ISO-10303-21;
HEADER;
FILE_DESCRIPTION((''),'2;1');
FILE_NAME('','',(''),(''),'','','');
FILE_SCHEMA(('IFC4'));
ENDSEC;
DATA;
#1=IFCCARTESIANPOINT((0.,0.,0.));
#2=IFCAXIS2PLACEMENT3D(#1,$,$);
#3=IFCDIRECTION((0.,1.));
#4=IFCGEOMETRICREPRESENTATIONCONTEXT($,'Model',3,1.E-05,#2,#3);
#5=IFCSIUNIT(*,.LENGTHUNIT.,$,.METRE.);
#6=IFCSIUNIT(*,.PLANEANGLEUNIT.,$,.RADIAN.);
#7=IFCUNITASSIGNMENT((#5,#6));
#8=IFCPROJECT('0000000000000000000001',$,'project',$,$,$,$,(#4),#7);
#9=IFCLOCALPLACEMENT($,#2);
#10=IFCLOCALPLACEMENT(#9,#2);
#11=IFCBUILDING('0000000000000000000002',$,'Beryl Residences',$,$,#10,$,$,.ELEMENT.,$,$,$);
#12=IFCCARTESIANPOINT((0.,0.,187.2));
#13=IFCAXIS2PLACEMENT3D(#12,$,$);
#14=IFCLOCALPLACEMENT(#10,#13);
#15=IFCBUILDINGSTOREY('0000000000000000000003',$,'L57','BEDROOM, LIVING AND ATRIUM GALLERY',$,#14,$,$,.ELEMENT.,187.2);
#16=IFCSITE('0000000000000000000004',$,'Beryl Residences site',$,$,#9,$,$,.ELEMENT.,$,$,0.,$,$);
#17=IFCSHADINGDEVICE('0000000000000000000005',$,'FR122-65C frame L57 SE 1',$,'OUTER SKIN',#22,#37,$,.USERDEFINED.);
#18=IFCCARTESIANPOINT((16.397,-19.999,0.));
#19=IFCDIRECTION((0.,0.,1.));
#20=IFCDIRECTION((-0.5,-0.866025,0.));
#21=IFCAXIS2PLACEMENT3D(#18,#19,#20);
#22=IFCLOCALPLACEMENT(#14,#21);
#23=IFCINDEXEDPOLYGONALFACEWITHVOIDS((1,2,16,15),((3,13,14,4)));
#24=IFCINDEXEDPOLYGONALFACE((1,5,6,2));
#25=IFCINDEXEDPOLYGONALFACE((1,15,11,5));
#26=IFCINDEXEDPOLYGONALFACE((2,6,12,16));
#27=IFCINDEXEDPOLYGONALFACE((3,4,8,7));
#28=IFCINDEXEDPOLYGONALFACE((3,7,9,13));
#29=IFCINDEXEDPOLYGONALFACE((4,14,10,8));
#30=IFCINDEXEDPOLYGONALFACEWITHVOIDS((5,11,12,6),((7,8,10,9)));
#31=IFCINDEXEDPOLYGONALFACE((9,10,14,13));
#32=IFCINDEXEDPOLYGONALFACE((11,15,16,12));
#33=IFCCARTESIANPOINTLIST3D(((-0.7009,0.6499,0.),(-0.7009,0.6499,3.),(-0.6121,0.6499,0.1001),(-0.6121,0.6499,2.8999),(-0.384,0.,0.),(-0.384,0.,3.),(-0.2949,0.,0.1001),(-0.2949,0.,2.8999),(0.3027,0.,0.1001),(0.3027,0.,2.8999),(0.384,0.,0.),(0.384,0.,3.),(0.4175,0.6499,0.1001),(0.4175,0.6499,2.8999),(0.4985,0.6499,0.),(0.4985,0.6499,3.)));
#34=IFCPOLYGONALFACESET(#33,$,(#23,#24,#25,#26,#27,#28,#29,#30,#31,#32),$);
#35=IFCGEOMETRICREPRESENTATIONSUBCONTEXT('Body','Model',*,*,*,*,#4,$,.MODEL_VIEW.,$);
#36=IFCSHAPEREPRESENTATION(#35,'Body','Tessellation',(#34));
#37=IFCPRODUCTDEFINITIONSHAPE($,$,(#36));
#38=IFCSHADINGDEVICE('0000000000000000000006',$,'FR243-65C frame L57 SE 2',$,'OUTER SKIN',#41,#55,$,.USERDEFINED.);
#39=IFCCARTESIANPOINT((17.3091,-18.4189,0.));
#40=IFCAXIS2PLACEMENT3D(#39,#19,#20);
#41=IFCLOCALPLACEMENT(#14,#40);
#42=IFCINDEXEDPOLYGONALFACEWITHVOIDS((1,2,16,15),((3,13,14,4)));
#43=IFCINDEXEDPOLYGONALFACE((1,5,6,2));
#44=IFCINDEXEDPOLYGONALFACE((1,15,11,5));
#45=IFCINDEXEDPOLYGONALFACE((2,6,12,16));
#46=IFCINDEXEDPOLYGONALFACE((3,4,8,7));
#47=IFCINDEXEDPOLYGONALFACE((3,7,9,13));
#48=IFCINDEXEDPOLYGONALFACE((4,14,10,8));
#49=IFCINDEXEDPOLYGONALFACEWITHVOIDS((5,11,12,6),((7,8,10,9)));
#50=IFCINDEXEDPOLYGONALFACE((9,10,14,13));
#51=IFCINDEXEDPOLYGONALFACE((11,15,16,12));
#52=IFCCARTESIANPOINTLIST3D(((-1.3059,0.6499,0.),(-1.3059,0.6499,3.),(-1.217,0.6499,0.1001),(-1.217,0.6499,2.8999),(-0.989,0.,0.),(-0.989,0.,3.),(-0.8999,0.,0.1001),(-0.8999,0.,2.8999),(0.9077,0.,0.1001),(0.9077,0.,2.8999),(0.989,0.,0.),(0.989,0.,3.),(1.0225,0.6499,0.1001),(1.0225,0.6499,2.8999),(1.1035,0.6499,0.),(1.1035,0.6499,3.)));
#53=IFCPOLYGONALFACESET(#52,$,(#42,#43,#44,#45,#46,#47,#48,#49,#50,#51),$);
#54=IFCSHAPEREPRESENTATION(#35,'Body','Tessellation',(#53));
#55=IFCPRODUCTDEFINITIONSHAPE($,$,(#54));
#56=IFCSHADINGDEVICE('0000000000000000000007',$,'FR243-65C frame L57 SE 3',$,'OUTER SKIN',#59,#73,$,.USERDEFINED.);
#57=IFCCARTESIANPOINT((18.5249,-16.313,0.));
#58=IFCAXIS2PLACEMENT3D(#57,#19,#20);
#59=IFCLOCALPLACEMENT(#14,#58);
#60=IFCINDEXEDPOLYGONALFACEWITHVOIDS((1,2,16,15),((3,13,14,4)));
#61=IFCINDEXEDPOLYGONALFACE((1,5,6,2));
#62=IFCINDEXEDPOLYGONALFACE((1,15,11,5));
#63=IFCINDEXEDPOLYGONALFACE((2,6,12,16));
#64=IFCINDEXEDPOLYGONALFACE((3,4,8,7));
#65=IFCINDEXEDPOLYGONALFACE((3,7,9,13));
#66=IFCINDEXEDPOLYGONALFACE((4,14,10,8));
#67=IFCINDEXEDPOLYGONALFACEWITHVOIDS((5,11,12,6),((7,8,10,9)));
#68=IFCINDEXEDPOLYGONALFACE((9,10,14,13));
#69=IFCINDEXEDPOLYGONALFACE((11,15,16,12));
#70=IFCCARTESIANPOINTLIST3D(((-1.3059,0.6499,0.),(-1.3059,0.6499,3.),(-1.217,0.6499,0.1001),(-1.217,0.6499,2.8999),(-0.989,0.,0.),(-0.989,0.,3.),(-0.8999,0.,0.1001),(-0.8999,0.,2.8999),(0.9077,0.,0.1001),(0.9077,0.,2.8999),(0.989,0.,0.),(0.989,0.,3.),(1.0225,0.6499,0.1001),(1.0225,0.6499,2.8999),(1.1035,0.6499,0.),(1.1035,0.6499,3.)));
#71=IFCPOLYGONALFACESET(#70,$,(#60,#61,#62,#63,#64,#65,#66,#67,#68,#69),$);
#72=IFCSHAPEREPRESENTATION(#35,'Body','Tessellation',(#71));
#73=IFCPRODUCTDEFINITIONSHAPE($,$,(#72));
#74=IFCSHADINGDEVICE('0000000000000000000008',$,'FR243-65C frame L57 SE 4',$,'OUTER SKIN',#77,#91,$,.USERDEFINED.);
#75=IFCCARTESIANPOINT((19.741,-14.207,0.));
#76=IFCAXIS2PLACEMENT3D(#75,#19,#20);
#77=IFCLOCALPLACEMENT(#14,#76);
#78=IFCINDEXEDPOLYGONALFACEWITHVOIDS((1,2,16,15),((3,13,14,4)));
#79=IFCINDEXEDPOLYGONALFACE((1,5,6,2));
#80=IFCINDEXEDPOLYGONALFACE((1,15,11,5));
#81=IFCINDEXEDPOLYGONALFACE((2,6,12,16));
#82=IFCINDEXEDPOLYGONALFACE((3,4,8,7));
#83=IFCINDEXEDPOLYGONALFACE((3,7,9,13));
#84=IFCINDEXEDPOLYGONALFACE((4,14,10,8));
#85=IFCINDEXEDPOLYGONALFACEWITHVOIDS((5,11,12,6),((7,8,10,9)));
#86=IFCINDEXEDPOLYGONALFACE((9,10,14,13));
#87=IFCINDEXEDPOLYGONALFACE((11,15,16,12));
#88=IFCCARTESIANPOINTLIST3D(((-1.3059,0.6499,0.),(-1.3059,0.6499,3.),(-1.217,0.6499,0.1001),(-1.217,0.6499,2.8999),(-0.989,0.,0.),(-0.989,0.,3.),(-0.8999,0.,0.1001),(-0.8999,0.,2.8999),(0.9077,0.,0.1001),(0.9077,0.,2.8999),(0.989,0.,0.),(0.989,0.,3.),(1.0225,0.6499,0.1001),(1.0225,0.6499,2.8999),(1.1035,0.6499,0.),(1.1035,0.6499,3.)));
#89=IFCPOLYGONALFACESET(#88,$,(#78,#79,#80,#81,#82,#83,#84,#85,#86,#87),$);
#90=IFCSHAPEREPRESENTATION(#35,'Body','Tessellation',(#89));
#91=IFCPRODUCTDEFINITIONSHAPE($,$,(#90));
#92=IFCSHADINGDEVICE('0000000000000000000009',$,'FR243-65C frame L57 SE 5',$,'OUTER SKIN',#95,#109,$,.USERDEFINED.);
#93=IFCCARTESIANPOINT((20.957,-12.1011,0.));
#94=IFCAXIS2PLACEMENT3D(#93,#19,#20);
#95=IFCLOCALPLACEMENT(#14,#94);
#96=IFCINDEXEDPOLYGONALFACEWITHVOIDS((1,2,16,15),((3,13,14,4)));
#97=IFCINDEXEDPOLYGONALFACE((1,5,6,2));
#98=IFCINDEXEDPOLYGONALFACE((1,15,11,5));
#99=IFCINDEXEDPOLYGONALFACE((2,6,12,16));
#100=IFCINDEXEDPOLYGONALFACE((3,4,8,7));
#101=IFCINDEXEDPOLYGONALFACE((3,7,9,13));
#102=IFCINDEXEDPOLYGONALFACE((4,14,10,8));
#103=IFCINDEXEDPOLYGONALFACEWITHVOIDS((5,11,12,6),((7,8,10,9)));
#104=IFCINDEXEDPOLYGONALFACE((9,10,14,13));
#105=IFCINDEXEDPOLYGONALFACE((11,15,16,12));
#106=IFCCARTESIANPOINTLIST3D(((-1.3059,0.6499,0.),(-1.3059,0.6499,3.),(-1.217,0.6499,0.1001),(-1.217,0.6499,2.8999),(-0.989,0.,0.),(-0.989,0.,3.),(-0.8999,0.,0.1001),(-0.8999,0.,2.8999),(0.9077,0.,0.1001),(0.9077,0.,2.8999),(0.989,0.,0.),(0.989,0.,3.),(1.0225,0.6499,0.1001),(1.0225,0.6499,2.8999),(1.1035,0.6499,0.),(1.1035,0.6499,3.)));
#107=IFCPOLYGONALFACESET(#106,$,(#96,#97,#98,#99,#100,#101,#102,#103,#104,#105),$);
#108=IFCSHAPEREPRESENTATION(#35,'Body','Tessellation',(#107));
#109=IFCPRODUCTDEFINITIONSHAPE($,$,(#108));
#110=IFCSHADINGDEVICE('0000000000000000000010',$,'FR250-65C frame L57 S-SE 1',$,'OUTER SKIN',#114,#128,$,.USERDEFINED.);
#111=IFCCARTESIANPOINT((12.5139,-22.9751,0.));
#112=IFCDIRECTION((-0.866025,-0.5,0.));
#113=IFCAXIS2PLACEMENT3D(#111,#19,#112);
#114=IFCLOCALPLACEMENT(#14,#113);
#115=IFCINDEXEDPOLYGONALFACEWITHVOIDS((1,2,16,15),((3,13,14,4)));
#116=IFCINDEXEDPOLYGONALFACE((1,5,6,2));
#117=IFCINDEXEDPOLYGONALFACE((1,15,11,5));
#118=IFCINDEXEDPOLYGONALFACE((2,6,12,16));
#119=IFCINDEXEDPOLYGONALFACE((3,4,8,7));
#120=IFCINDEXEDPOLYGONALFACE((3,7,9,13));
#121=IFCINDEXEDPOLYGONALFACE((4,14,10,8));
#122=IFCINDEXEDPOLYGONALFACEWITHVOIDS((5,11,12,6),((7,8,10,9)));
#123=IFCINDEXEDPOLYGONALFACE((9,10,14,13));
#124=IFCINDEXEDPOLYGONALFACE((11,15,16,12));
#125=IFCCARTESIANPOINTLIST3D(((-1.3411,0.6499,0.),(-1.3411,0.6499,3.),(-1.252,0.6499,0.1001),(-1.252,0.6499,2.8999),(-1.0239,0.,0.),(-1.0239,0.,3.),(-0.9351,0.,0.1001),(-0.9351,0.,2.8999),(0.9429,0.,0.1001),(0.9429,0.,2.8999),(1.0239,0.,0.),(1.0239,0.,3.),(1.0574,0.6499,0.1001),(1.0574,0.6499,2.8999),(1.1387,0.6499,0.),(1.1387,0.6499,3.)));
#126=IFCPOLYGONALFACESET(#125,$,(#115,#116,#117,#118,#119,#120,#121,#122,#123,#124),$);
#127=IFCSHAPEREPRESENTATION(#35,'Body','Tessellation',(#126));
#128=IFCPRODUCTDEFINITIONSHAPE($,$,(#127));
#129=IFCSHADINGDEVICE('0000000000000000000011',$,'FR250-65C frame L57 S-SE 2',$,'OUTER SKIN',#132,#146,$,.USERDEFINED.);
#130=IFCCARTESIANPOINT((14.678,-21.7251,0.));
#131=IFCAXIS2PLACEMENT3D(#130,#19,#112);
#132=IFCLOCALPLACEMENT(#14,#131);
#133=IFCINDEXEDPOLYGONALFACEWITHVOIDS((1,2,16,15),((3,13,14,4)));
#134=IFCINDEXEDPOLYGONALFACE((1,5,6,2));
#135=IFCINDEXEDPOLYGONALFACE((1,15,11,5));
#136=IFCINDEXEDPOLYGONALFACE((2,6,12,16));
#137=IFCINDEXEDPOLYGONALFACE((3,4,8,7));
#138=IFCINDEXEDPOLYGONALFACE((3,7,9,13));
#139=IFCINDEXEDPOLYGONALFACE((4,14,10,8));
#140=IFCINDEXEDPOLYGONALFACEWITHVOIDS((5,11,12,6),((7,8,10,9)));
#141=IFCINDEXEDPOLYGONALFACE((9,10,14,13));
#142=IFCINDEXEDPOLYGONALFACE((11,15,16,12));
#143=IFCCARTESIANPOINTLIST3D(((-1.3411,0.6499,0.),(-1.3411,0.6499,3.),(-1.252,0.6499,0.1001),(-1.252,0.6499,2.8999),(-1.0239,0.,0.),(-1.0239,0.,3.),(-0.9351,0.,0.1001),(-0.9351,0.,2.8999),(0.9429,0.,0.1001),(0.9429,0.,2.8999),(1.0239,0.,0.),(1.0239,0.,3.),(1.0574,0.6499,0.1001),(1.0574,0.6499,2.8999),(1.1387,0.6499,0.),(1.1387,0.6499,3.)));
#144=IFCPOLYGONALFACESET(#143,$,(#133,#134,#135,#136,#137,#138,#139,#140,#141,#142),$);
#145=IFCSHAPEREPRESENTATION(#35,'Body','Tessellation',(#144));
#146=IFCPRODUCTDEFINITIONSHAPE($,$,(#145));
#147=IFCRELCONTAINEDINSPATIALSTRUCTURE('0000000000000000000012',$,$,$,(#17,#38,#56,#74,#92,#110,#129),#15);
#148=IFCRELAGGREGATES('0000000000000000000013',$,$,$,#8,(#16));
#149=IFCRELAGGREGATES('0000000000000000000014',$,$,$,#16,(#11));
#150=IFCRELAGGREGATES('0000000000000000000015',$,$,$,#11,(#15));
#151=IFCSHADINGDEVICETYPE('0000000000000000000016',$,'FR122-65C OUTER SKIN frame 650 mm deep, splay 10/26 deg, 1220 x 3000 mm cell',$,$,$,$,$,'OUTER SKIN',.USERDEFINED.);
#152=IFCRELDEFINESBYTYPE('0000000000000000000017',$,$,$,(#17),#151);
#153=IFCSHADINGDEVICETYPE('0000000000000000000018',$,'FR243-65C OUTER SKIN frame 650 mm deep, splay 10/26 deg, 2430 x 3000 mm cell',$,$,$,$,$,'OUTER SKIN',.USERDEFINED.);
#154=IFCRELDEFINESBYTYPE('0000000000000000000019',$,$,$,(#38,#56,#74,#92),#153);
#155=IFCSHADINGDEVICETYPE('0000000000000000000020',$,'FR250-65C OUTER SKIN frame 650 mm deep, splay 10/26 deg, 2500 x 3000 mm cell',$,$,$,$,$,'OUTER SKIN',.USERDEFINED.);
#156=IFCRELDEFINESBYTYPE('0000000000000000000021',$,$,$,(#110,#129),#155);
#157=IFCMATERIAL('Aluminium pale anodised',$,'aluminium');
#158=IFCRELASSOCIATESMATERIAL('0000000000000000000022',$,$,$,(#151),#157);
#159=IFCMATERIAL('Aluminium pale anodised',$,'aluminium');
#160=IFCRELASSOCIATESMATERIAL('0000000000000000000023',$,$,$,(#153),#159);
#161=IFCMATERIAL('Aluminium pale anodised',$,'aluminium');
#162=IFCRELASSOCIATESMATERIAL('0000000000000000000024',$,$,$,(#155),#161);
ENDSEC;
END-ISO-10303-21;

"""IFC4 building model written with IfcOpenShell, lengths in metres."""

from ifc_helpers import new_model, entity, si_unit, direction, frame, origin, place, context, subcontext, project, spatial, source, transform, mapped, material, type_object, type_shapes, element, save


model = new_model("IFC4")

# Units and contexts
model_context = context("Model", 3, precision=1e-05, world=origin(), true_north=direction((0.0, 1.0)))
body_context = subcontext(model_context, "Body", "Model", "MODEL_VIEW")
ifc_project = project(units=[si_unit("LENGTHUNIT", "METRE"), si_unit("PLANEANGLEUNIT", "RADIAN")], contexts=[model_context])

# Site, building, storey
site_placement = place(None, origin())
site = spatial("IfcSite", under=ifc_project, at=site_placement, Name="Beryl Residences site", CompositionType="ELEMENT", RefElevation=0.0)
building_placement = place(site_placement, origin())
building = spatial("IfcBuilding", under=site, at=building_placement, Name="Beryl Residences", CompositionType="ELEMENT")
storey_placement = place(building_placement, frame((0.0, 0.0, 187.2)))
storey = spatial("IfcBuildingStorey", under=building, at=storey_placement, Name="L57", Description="BEDROOM, LIVING AND ATRIUM GALLERY", CompositionType="ELEMENT", Elevation=187.2)

# Shading devices
ifc_material_1 = material(Name="Aluminium pale anodised", Category="aluminium")
shading_device_type_1 = type_object("IfcShadingDeviceType", Name="FR122-65C OUTER SKIN frame 650 mm deep, splay 10/26 deg, 1220 x 3000 mm cell", ElementType="OUTER SKIN", PredefinedType="USERDEFINED", material=ifc_material_1)
cartesian_point_1 = entity("IfcCartesianPoint", [-0.384, 0.0])
cartesian_point_2 = entity("IfcCartesianPoint", [-0.3027, 0.1001])
cartesian_point_3 = entity("IfcCartesianPoint", [-0.4985, 0.0])
cartesian_point_4 = entity("IfcCartesianPoint", [-0.4175, 0.1001])
shared_shape_1 = source(origin(), body_context, "Body", "SweptSolid", [
    entity("IfcExtrudedAreaSolidTapered", entity("IfcArbitraryProfileDefWithVoids", "AREA", None, entity("IfcPolyline", [cartesian_point_1, entity("IfcCartesianPoint", [0.384, 0.0]), entity("IfcCartesianPoint", [0.384, 3.0]), entity("IfcCartesianPoint", [-0.384, 3.0]), cartesian_point_1]), [entity("IfcPolyline", [cartesian_point_2, entity("IfcCartesianPoint", [0.2949, 0.1001]), entity("IfcCartesianPoint", [0.2949, 2.8999]), entity("IfcCartesianPoint", [-0.3027, 2.8999]), cartesian_point_2])]), entity("IfcAxis2Placement3D", entity("IfcCartesianPoint", [0.0, 0.0, 0.0]), entity("IfcDirection", [0.0, 1.0, 0.0]), entity("IfcDirection", [-1.0, 0.0, 0.0])), entity("IfcDirection", [0.0, 0.0, 1.0]), 0.6499, entity("IfcArbitraryProfileDefWithVoids", "AREA", None, entity("IfcPolyline", [cartesian_point_3, entity("IfcCartesianPoint", [0.7009, 0.0]), entity("IfcCartesianPoint", [0.7009, 3.0]), entity("IfcCartesianPoint", [-0.4985, 3.0]), cartesian_point_3]), [entity("IfcPolyline", [cartesian_point_4, entity("IfcCartesianPoint", [0.6121, 0.1001]), entity("IfcCartesianPoint", [0.6121, 2.8999]), entity("IfcCartesianPoint", [-0.4175, 2.8999]), cartesian_point_4])])),
])
type_shapes(shading_device_type_1, [shared_shape_1])
shading_device_placement = place(storey_placement, frame((16.397, -19.999, 0.0), z_axis=(0.0, 0.0, 1.0), x_axis=(-0.5, -0.866025, 0.0)))
element("IfcShadingDevice", 1, at=shading_device_placement, inside=storey, type_object=shading_device_type_1, Name="FR122-65C frame L57 SE 1", ObjectType="OUTER SKIN", PredefinedType="USERDEFINED", context=body_context, shape_type="MappedRepresentation", body=[
    mapped(shared_shape_1, transform((0.0, 0.0, 0.0))),
])
ifc_material_2 = material(Name="Aluminium pale anodised", Category="aluminium")
shading_device_type_2 = type_object("IfcShadingDeviceType", Name="FR243-65C OUTER SKIN frame 650 mm deep, splay 10/26 deg, 2430 x 3000 mm cell", ElementType="OUTER SKIN", PredefinedType="USERDEFINED", material=ifc_material_2)
cartesian_point_5 = entity("IfcCartesianPoint", [-0.989, 0.0])
cartesian_point_6 = entity("IfcCartesianPoint", [-0.9077, 0.1001])
cartesian_point_7 = entity("IfcCartesianPoint", [-1.1035, 0.0])
cartesian_point_8 = entity("IfcCartesianPoint", [-1.0225, 0.1001])
shared_shape_2 = source(origin(), body_context, "Body", "SweptSolid", [
    entity("IfcExtrudedAreaSolidTapered", entity("IfcArbitraryProfileDefWithVoids", "AREA", None, entity("IfcPolyline", [cartesian_point_5, entity("IfcCartesianPoint", [0.989, 0.0]), entity("IfcCartesianPoint", [0.989, 3.0]), entity("IfcCartesianPoint", [-0.989, 3.0]), cartesian_point_5]), [entity("IfcPolyline", [cartesian_point_6, entity("IfcCartesianPoint", [0.8999, 0.1001]), entity("IfcCartesianPoint", [0.8999, 2.8999]), entity("IfcCartesianPoint", [-0.9077, 2.8999]), cartesian_point_6])]), entity("IfcAxis2Placement3D", entity("IfcCartesianPoint", [0.0, 0.0, 0.0]), entity("IfcDirection", [0.0, 1.0, 0.0]), entity("IfcDirection", [-1.0, 0.0, 0.0])), entity("IfcDirection", [0.0, 0.0, 1.0]), 0.6499, entity("IfcArbitraryProfileDefWithVoids", "AREA", None, entity("IfcPolyline", [cartesian_point_7, entity("IfcCartesianPoint", [1.3059, 0.0]), entity("IfcCartesianPoint", [1.3059, 3.0]), entity("IfcCartesianPoint", [-1.1035, 3.0]), cartesian_point_7]), [entity("IfcPolyline", [cartesian_point_8, entity("IfcCartesianPoint", [1.217, 0.1001]), entity("IfcCartesianPoint", [1.217, 2.8999]), entity("IfcCartesianPoint", [-1.0225, 2.8999]), cartesian_point_8])])),
])
type_shapes(shading_device_type_2, [shared_shape_2])
for number, where, z_axis, x_axis, name in (
    (2, (17.3091, -18.4189, 0.0), (0.0, 0.0, 1.0), (-0.5, -0.866025, 0.0), "FR243-65C frame L57 SE 2"),
    (3, (18.5249, -16.313, 0.0), (0.0, 0.0, 1.0), (-0.5, -0.866025, 0.0), "FR243-65C frame L57 SE 3"),
    (4, (19.741, -14.207, 0.0), (0.0, 0.0, 1.0), (-0.5, -0.866025, 0.0), "FR243-65C frame L57 SE 4"),
    (5, (20.957, -12.1011, 0.0), (0.0, 0.0, 1.0), (-0.5, -0.866025, 0.0), "FR243-65C frame L57 SE 5"),
):
    element("IfcShadingDevice", number, at=place(storey_placement, frame(where, z_axis=z_axis, x_axis=x_axis)), inside=storey, type_object=shading_device_type_2, Name=name, ObjectType="OUTER SKIN", PredefinedType="USERDEFINED", context=body_context, shape_type="MappedRepresentation", body=[
        mapped(shared_shape_2, transform((0.0, 0.0, 0.0))),
    ])
ifc_material_3 = material(Name="Aluminium pale anodised", Category="aluminium")
shading_device_type_3 = type_object("IfcShadingDeviceType", Name="FR250-65C OUTER SKIN frame 650 mm deep, splay 10/26 deg, 2500 x 3000 mm cell", ElementType="OUTER SKIN", PredefinedType="USERDEFINED", material=ifc_material_3)
cartesian_point_9 = entity("IfcCartesianPoint", [-1.0239, 0.0])
cartesian_point_10 = entity("IfcCartesianPoint", [-0.9429, 0.1001])
cartesian_point_11 = entity("IfcCartesianPoint", [-1.1387, 0.0])
cartesian_point_12 = entity("IfcCartesianPoint", [-1.0574, 0.1001])
shared_shape_3 = source(origin(), body_context, "Body", "SweptSolid", [
    entity("IfcExtrudedAreaSolidTapered", entity("IfcArbitraryProfileDefWithVoids", "AREA", None, entity("IfcPolyline", [cartesian_point_9, entity("IfcCartesianPoint", [1.0239, 0.0]), entity("IfcCartesianPoint", [1.0239, 3.0]), entity("IfcCartesianPoint", [-1.0239, 3.0]), cartesian_point_9]), [entity("IfcPolyline", [cartesian_point_10, entity("IfcCartesianPoint", [0.9351, 0.1001]), entity("IfcCartesianPoint", [0.9351, 2.8999]), entity("IfcCartesianPoint", [-0.9429, 2.8999]), cartesian_point_10])]), entity("IfcAxis2Placement3D", entity("IfcCartesianPoint", [0.0, 0.0, 0.0]), entity("IfcDirection", [0.0, 1.0, 0.0]), entity("IfcDirection", [-1.0, 0.0, 0.0])), entity("IfcDirection", [0.0, 0.0, 1.0]), 0.6499, entity("IfcArbitraryProfileDefWithVoids", "AREA", None, entity("IfcPolyline", [cartesian_point_11, entity("IfcCartesianPoint", [1.3411, 0.0]), entity("IfcCartesianPoint", [1.3411, 3.0]), entity("IfcCartesianPoint", [-1.1387, 3.0]), cartesian_point_11]), [entity("IfcPolyline", [cartesian_point_12, entity("IfcCartesianPoint", [1.252, 0.1001]), entity("IfcCartesianPoint", [1.252, 2.8999]), entity("IfcCartesianPoint", [-1.0574, 2.8999]), cartesian_point_12])])),
])
type_shapes(shading_device_type_3, [shared_shape_3])
for number, where, z_axis, x_axis, name in (
    (6, (12.5139, -22.9751, 0.0), (0.0, 0.0, 1.0), (-0.866025, -0.5, 0.0), "FR250-65C frame L57 S-SE 1"),
    (7, (14.678, -21.7251, 0.0), (0.0, 0.0, 1.0), (-0.866025, -0.5, 0.0), "FR250-65C frame L57 S-SE 2"),
):
    element("IfcShadingDevice", number, at=place(storey_placement, frame(where, z_axis=z_axis, x_axis=x_axis)), inside=storey, type_object=shading_device_type_3, Name=name, ObjectType="OUTER SKIN", PredefinedType="USERDEFINED", context=body_context, shape_type="MappedRepresentation", body=[
        mapped(shared_shape_3, transform((0.0, 0.0, 0.0))),
    ])

save(model, "model.ifc")
